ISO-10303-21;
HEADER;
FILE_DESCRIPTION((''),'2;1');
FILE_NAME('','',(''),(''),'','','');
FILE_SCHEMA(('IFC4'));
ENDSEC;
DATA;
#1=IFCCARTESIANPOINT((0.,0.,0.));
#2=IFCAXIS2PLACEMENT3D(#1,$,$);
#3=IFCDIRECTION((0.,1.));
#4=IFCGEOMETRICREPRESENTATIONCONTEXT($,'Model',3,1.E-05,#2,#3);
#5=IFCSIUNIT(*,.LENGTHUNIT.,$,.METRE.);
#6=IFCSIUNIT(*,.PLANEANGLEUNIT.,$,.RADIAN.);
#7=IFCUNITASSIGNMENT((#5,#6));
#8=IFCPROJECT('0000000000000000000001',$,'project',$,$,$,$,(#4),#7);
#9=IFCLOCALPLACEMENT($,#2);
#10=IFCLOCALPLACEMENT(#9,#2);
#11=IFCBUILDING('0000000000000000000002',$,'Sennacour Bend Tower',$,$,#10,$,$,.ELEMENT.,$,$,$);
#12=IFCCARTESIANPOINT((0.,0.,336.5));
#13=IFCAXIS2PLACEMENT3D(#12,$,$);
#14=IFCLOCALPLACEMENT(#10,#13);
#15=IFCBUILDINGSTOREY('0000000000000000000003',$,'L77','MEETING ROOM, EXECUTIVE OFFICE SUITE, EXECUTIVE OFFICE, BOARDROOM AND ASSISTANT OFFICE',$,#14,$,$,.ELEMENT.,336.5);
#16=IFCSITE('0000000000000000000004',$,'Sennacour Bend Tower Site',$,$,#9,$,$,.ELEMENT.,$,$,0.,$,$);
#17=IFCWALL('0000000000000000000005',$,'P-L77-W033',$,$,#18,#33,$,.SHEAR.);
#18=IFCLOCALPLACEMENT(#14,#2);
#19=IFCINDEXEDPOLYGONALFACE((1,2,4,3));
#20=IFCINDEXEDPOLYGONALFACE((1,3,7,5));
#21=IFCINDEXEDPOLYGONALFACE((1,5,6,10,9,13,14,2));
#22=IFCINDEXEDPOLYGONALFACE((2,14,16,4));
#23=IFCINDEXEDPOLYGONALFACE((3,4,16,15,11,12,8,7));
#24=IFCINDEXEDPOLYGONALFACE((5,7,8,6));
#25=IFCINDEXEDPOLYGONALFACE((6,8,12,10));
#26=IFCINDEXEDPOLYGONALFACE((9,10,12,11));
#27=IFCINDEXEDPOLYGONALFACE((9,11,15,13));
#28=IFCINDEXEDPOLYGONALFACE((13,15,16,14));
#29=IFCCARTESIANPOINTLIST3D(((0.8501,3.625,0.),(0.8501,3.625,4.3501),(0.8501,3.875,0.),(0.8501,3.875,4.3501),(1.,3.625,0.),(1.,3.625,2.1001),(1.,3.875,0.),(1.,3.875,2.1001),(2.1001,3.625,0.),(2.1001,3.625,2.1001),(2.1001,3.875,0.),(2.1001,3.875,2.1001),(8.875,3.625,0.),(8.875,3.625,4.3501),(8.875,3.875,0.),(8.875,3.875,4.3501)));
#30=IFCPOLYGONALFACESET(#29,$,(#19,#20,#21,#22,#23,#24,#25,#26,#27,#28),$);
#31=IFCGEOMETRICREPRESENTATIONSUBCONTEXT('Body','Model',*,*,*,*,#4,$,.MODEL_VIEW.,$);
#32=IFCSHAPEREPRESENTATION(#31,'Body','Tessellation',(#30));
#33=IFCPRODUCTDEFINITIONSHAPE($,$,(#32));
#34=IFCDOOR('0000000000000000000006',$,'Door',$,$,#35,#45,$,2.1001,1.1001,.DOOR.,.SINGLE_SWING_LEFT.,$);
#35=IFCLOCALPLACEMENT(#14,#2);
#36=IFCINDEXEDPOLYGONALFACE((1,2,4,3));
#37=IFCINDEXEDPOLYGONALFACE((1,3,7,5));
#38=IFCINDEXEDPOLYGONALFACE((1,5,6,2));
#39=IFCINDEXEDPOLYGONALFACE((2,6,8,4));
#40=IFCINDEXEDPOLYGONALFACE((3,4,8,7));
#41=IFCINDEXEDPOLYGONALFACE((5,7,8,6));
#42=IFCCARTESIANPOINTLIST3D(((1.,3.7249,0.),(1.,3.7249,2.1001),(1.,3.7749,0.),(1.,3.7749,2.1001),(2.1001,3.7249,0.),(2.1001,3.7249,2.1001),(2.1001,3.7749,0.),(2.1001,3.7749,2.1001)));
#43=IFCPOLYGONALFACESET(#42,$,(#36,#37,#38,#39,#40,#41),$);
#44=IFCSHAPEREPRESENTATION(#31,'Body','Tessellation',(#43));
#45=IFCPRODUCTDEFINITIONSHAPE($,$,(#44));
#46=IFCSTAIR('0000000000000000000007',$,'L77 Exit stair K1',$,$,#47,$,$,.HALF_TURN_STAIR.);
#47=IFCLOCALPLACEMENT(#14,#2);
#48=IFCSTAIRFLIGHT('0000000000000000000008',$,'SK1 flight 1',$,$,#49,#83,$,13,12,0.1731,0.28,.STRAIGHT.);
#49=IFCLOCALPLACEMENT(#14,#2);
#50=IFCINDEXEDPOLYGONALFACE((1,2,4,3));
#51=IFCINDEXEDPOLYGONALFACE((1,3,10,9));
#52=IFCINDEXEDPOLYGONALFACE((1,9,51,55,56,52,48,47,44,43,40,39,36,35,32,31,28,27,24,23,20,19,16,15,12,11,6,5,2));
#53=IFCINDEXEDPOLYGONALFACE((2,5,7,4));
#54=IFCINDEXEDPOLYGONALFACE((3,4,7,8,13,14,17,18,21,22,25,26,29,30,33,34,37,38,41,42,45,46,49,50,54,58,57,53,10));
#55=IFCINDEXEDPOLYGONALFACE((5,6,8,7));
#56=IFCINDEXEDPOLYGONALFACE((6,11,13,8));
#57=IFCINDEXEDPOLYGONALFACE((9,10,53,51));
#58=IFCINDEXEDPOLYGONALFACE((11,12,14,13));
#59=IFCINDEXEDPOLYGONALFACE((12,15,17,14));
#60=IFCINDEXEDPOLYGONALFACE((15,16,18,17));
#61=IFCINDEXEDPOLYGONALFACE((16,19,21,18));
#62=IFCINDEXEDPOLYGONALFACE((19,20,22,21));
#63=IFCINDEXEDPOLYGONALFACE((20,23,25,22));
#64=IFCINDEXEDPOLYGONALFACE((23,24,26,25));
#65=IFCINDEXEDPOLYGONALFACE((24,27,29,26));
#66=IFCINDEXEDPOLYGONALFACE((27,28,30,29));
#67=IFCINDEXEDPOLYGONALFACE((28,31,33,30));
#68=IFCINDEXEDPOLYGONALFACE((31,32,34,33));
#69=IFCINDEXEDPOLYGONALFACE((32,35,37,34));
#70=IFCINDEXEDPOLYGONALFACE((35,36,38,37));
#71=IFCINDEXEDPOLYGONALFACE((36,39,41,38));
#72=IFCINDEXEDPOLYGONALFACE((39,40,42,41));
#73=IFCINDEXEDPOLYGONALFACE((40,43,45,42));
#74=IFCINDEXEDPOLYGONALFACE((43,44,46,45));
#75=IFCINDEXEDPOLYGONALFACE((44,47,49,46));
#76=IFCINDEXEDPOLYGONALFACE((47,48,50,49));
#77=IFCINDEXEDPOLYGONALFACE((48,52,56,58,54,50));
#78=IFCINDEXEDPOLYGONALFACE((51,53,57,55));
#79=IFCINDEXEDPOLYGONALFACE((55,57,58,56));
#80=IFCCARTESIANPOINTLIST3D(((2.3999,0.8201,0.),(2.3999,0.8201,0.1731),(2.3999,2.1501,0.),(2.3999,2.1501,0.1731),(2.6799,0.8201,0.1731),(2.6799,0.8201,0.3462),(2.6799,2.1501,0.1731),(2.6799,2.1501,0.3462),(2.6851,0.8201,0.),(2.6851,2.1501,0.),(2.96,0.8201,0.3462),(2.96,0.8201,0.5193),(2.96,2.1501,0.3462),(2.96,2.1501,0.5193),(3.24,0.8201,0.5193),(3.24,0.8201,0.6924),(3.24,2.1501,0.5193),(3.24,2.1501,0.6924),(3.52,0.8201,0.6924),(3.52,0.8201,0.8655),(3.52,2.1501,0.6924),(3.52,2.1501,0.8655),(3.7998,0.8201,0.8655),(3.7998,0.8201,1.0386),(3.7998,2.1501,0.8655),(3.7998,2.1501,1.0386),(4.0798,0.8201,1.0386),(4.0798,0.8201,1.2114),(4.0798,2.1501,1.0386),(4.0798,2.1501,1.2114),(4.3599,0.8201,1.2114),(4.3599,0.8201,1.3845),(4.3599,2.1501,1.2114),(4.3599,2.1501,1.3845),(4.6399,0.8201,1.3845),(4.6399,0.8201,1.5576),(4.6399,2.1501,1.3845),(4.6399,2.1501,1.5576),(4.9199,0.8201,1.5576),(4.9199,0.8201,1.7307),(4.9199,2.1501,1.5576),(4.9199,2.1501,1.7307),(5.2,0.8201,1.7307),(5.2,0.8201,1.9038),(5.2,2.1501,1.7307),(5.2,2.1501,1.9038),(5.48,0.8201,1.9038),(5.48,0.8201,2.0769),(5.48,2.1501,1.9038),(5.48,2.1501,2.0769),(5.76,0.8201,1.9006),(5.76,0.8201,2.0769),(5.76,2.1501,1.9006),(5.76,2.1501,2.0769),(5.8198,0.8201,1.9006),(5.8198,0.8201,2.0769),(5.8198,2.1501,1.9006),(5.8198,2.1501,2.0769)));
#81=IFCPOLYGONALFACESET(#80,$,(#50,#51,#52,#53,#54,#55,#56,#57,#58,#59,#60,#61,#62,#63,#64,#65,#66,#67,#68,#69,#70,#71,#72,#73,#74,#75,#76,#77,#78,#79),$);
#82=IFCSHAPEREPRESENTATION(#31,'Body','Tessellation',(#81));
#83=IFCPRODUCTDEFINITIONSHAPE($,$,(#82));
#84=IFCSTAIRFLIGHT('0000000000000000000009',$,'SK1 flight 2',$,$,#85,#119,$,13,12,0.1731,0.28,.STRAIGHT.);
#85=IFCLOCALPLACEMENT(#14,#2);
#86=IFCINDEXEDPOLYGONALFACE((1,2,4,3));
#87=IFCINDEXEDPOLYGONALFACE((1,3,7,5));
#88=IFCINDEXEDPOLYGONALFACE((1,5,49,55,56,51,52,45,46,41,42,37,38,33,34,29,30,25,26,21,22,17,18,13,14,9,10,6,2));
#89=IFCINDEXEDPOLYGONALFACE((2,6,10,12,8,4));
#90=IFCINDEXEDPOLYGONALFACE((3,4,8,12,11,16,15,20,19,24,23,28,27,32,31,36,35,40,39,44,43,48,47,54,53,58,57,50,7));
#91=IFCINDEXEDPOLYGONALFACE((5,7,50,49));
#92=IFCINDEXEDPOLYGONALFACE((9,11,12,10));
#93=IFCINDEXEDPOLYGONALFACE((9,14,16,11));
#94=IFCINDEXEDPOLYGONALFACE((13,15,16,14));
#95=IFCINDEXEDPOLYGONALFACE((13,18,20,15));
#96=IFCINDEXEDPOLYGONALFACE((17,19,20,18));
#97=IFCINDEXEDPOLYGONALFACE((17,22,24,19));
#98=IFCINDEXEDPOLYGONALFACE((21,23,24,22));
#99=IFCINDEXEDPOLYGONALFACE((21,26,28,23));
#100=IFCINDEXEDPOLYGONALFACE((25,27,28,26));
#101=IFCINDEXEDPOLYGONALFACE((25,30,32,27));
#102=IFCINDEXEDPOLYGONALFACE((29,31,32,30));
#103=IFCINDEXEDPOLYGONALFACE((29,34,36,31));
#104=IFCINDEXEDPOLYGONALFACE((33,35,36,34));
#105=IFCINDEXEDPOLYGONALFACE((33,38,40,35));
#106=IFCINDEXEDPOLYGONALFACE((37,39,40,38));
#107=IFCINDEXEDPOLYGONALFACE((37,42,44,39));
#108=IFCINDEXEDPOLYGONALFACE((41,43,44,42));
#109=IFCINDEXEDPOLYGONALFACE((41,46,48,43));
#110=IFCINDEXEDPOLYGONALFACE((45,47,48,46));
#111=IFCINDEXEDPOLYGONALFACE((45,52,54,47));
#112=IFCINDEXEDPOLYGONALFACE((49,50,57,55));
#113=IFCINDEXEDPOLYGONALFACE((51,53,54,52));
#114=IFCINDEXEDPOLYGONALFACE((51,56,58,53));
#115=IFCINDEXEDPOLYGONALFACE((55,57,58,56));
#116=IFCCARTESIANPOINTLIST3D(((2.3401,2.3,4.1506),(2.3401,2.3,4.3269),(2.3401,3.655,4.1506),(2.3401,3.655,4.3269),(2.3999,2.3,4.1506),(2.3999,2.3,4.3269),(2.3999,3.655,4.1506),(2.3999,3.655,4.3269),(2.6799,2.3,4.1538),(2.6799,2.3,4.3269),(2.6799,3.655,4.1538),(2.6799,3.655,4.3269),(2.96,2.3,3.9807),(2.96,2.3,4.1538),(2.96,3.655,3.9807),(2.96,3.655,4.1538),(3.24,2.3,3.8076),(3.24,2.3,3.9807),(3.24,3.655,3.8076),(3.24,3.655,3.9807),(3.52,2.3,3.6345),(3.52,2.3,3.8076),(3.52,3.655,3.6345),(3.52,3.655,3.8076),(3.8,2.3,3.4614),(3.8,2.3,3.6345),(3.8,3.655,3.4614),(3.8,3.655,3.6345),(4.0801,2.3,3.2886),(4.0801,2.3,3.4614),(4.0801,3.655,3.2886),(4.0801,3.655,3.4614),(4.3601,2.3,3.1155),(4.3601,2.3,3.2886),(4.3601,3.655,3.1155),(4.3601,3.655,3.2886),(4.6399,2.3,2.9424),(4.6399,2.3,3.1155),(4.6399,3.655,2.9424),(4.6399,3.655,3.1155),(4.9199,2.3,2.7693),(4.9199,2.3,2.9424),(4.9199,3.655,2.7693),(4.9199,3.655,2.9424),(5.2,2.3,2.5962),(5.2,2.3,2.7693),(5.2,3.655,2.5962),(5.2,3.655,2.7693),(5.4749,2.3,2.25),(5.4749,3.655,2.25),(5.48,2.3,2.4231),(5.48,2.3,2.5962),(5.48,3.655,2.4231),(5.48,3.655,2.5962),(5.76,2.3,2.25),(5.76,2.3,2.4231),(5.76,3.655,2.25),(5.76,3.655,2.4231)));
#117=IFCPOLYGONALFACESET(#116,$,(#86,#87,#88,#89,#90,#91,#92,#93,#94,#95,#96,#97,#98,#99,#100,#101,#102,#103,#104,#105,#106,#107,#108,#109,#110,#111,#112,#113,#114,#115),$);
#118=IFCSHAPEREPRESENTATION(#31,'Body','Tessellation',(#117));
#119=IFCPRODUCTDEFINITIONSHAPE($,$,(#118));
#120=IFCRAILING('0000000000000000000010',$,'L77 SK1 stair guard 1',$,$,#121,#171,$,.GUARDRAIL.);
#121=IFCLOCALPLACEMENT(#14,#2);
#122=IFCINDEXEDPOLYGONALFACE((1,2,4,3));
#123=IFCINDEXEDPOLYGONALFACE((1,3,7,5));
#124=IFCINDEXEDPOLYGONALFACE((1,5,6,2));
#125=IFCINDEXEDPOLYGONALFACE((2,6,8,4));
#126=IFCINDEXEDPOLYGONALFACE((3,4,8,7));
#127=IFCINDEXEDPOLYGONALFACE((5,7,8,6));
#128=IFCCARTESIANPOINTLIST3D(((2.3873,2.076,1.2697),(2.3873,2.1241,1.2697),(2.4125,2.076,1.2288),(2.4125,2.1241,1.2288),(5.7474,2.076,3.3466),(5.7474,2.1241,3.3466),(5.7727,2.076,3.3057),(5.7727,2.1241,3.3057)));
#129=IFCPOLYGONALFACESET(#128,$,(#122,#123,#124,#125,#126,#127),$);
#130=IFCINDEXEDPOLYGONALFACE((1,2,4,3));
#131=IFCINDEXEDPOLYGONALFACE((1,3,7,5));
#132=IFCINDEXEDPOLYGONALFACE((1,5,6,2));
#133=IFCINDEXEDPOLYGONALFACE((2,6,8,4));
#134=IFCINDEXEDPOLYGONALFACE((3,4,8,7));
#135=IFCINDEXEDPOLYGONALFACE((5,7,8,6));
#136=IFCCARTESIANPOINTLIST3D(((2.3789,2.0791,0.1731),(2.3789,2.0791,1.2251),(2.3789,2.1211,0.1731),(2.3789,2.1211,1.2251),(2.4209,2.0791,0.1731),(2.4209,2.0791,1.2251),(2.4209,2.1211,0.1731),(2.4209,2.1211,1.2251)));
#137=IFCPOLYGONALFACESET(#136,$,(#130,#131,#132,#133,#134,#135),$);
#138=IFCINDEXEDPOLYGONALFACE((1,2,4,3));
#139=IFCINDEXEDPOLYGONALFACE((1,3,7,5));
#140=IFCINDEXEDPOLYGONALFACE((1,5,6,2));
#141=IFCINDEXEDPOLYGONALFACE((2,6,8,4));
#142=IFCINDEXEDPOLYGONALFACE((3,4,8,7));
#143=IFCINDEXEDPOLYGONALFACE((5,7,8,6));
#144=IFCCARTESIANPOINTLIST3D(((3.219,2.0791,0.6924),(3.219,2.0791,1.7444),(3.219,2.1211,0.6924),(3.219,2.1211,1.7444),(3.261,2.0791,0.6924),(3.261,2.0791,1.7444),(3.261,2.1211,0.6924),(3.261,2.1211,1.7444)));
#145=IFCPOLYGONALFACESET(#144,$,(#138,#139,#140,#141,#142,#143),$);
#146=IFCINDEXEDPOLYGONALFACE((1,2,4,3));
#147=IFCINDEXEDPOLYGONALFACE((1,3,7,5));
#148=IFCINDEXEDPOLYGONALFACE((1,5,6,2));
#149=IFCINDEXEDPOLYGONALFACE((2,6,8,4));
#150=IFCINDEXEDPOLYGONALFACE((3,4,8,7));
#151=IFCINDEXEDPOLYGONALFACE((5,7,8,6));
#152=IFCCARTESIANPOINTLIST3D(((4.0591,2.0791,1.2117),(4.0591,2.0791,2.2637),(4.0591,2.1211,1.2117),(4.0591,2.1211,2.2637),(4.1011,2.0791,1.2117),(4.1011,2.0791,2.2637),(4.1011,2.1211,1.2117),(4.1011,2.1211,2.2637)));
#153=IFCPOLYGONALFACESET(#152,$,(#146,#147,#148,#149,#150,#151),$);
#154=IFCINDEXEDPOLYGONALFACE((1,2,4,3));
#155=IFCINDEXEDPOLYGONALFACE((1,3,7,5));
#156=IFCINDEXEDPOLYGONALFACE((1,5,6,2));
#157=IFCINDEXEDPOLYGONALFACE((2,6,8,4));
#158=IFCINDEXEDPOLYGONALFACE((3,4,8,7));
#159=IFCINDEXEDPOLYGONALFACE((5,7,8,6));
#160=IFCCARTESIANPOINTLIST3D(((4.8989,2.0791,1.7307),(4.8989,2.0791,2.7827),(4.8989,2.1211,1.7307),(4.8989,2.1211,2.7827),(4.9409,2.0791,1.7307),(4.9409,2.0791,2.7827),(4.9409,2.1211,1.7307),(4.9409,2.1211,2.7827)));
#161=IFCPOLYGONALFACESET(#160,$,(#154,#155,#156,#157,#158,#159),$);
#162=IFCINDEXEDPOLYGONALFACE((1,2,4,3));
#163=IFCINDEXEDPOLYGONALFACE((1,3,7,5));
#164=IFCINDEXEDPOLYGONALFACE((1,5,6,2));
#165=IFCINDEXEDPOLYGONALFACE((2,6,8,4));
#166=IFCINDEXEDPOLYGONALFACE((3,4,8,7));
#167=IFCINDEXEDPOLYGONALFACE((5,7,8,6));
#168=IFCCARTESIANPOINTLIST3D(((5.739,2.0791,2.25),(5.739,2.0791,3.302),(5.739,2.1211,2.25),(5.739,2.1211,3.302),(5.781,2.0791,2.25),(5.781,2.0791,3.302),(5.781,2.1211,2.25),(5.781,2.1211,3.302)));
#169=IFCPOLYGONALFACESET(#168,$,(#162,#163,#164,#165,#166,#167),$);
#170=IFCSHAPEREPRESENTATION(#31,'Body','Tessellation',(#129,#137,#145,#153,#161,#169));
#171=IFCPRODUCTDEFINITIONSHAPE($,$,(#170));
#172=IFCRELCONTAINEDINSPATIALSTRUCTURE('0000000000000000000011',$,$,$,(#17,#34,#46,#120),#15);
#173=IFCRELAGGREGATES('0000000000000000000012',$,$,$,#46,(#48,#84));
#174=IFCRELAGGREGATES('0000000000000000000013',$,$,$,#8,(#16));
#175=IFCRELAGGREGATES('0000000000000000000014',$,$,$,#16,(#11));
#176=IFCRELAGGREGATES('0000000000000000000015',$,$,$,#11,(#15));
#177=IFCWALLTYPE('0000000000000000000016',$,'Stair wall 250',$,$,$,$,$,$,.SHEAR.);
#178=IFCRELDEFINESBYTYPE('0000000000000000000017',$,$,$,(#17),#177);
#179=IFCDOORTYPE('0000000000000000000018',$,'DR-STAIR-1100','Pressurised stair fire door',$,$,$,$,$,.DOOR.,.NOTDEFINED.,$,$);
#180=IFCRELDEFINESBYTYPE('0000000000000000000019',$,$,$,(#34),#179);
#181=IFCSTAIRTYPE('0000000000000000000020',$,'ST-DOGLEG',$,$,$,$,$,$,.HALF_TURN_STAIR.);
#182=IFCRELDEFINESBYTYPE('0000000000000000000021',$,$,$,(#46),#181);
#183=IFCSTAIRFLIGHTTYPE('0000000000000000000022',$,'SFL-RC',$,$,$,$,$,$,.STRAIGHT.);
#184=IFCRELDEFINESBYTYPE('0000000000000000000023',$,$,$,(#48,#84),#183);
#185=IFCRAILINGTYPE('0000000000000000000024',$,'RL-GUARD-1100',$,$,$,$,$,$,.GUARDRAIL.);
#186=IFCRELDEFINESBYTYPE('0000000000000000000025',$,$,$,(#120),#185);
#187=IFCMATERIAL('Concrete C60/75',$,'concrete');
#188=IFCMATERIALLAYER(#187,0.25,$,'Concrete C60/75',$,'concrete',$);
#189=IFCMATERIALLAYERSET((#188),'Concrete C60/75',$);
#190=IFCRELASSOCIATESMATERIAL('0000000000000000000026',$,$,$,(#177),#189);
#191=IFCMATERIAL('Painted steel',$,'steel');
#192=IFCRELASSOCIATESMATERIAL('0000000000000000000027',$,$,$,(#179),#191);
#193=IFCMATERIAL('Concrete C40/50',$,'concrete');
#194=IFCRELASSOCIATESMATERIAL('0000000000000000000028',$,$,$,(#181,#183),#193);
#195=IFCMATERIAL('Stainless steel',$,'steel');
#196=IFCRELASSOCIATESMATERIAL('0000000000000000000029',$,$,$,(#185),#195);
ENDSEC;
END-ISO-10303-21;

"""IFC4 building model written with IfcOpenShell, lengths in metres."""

from ifc_helpers import new_model, si_unit, direction, frame, frame_2d, origin, origin_2d, place, context, subcontext, project, spatial, polyline, rectangle, outline, extrude, material, layer, layer_set, type_object, element, fill, aggregate, save


model = new_model("IFC4")

# Units and contexts
model_context = context("Model", 3, precision=1e-05, world=origin(), true_north=direction((0.0, 1.0)))
body_context = subcontext(model_context, "Body", "Model", "MODEL_VIEW")
ifc_project = project(units=[si_unit("LENGTHUNIT", "METRE"), si_unit("PLANEANGLEUNIT", "RADIAN")], contexts=[model_context])

# Site, building, storey
site_placement = place(None, origin())
site = spatial("IfcSite", under=ifc_project, at=site_placement, Name="Sennacour Bend Tower Site", CompositionType="ELEMENT", RefElevation=0.0)
building_placement = place(site_placement, origin())
building = spatial("IfcBuilding", under=site, at=building_placement, Name="Sennacour Bend Tower", CompositionType="ELEMENT")
storey_placement = place(building_placement, frame((0.0, 0.0, 336.5)))
storey = spatial("IfcBuildingStorey", under=building, at=storey_placement, Name="L77", Description="MEETING ROOM, EXECUTIVE OFFICE SUITE, EXECUTIVE OFFICE, BOARDROOM AND ASSISTANT OFFICE", CompositionType="ELEMENT", Elevation=336.5)

# Shared definitions
ifc_material_1 = material(Name="Concrete C60/75", Category="concrete")
ifc_layer_1 = layer(ifc_material_1, 0.25, Name="Concrete C60/75", Category="concrete")
ifc_layer_set_1 = layer_set([ifc_layer_1], Name="Concrete C60/75")
wall_type = type_object("IfcWallType", Name="Stair wall 250", PredefinedType="SHEAR", material=ifc_layer_set_1)

# Wall, opening, door
wall_1_placement = place(storey_placement, frame((0.8501, 3.75, 0.0), z_axis=(0.0, 0.0, 1.0), x_axis=(1.0, 0.0, 0.0)))
wall_1 = element("IfcWall", 1, at=wall_1_placement, inside=storey, type_object=wall_type, Name="P-L77-W033", PredefinedType="SHEAR", context=body_context, shape_type="SweptSolid", body=[
    extrude(rectangle(XDim=8.0249, YDim=0.25, at=frame_2d((4.0125, 0.0))), origin(), (0.0, 0.0, 1.0), 4.3501),
])
opening_placement = place(wall_1_placement, frame((0.1499, 0.0, 0.0)))
opening = element("IfcOpeningElement", 2, at=opening_placement, cuts=wall_1, PredefinedType="OPENING", context=body_context, shape_type="SweptSolid", body=[
    extrude(rectangle(XDim=1.1001, YDim=2.1001, at=frame_2d((0.55, 1.05))), frame((0.0, 0.135, 0.0), z_axis=(0.0, -1.0, 0.0), x_axis=(1.0, 0.0, 0.0)), (0.0, 0.0, 1.0), 0.27),
])
ifc_material_2 = material(Name="Painted steel", Category="steel")
door_type = type_object("IfcDoorType", Name="DR-STAIR-1100", Description="Pressurised stair fire door", OperationType="NOTDEFINED", PredefinedType="DOOR", material=ifc_material_2)
door_placement = place(opening_placement, origin())
door = element("IfcDoor", 3, at=door_placement, inside=storey, type_object=door_type, Name="Door", OperationType="SINGLE_SWING_LEFT", OverallHeight=2.1001, OverallWidth=1.1001, PredefinedType="DOOR", context=body_context, shape_type="SweptSolid", body=[
    extrude(rectangle(XDim=1.1001, YDim=2.1001, at=frame_2d((0.55, 1.05))), frame((0.0, 0.0249, 0.0), z_axis=(0.0, -1.0, 0.0), x_axis=(1.0, 0.0, 0.0)), (0.0, 0.0, 1.0), 0.05),
])
fill(opening, door)

# Stair, stair flights
ifc_material_3 = material(Name="Concrete C40/50", Category="concrete")
stair_type = type_object("IfcStairType", Name="ST-DOGLEG", PredefinedType="HALF_TURN_STAIR", material=ifc_material_3)
stair_placement = place(storey_placement, origin())
stair = element("IfcStair", 4, at=stair_placement, inside=storey, type_object=stair_type, Name="L77 Exit stair K1", PredefinedType="HALF_TURN_STAIR")
stair_flight_type = type_object("IfcStairFlightType", Name="SFL-RC", PredefinedType="STRAIGHT", material=ifc_material_3)
stair_flight_1_placement = place(storey_placement, frame((2.3999, 1.4851, 0.0), z_axis=(0.0, 0.0, 1.0), x_axis=(1.0, 0.0, 0.0)))
stair_flight_1 = element("IfcStairFlight", 5, at=stair_flight_1_placement, type_object=stair_flight_type, Name="SK1 flight 1", NumberOfRisers=13, NumberOfTreads=12, PredefinedType="STRAIGHT", RiserHeight=0.1731, TreadLength=0.28, context=body_context, shape_type="SweptSolid", body=[
    extrude(outline(polyline([(0.0, 0.0), (0.0, 0.1731), (0.28, 0.1731), (0.28, 0.3462), (0.5601, 0.3462), (0.5601, 0.5193), (0.8401, 0.5193), (0.8401, 0.6924), (1.1201, 0.6924), (1.1201, 0.8655), (1.3999, 0.8655), (1.3999, 1.0386), (1.6799, 1.0386), (1.6799, 1.2114), (1.96, 1.2114), (1.96, 1.3845), (2.24, 1.3845), (2.24, 1.5576), (2.52, 1.5576), (2.52, 1.7307), (2.8, 1.7307), (2.8, 1.9038), (3.0801, 1.9038), (3.0801, 2.0769), (3.3601, 2.0769), (3.4199, 2.0769), (3.4199, 1.9006), (3.3601, 1.9006), (0.2852, 0.0), (0.0, 0.0)])), frame((0.0, 0.665, 0.0), z_axis=(0.0, -1.0, 0.0), x_axis=(1.0, 0.0, 0.0)), (0.0, 0.0, 1.0), 1.3301),
])
stair_flight_2_placement = place(storey_placement, frame((5.76, 2.9775, 2.25), z_axis=(0.0, 0.0, 1.0), x_axis=(-1.0, 0.0, 0.0)))
stair_flight_2 = element("IfcStairFlight", 6, at=stair_flight_2_placement, type_object=stair_flight_type, Name="SK1 flight 2", NumberOfRisers=13, NumberOfTreads=12, PredefinedType="STRAIGHT", RiserHeight=0.1731, TreadLength=0.28, context=body_context, shape_type="SweptSolid", body=[
    extrude(outline(polyline([(0.0, 0.0), (0.0, 0.1731), (0.28, 0.1731), (0.28, 0.3462), (0.5601, 0.3462), (0.5601, 0.5193), (0.8401, 0.5193), (0.8401, 0.6924), (1.1201, 0.6924), (1.1201, 0.8655), (1.3999, 0.8655), (1.3999, 1.0386), (1.6799, 1.0386), (1.6799, 1.2114), (1.96, 1.2114), (1.96, 1.3845), (2.24, 1.3845), (2.24, 1.5576), (2.52, 1.5576), (2.52, 1.7307), (2.8, 1.7307), (2.8, 1.9038), (3.0801, 1.9038), (3.0801, 2.0769), (3.3601, 2.0769), (3.4199, 2.0769), (3.4199, 1.9006), (3.3601, 1.9006), (0.2852, 0.0), (0.0, 0.0)])), frame((0.0, 0.6775, 0.0), z_axis=(0.0, -1.0, 0.0), x_axis=(1.0, 0.0, 0.0)), (0.0, 0.0, 1.0), 1.355),
])
aggregate(stair, [stair_flight_1, stair_flight_2])

# Railing
ifc_material_4 = material(Name="Stainless steel", Category="steel")
railing_type_1 = type_object("IfcRailingType", Name="RL-GUARD-1100", PredefinedType="GUARDRAIL", material=ifc_material_4)
railing_1_placement = place(storey_placement, frame((2.3999, 2.1001, 0.1731)))
element("IfcRailing", 7, at=railing_1_placement, inside=storey, type_object=railing_type_1, Name="L77 SK1 stair guard 1", PredefinedType="GUARDRAIL", context=body_context, shape_type="SweptSolid", body=[
    extrude(rectangle(XDim=0.0481, YDim=0.0481, at=origin_2d()), frame((0.0, 0.0, 1.0762), z_axis=(0.850623, 0.0, 0.525776), x_axis=(0.0, 1.0, 0.0)), (0.0, 0.0, 1.0), 3.9502),
    extrude(rectangle(XDim=0.042, YDim=0.042, at=origin_2d()), origin(), (0.0, 0.0, 1.0), 1.052),
    extrude(rectangle(XDim=0.042, YDim=0.042, at=origin_2d()), frame((0.8401, 0.0, 0.5193)), (0.0, 0.0, 1.0), 1.052),
    extrude(rectangle(XDim=0.042, YDim=0.042, at=origin_2d()), frame((1.6802, 0.0, 1.0386)), (0.0, 0.0, 1.0), 1.052),
    extrude(rectangle(XDim=0.042, YDim=0.042, at=origin_2d()), frame((2.52, 0.0, 1.5576)), (0.0, 0.0, 1.0), 1.052),
    extrude(rectangle(XDim=0.042, YDim=0.042, at=origin_2d()), frame((3.3601, 0.0, 2.0769)), (0.0, 0.0, 1.0), 1.052),
])

save(model, "model.ifc")
